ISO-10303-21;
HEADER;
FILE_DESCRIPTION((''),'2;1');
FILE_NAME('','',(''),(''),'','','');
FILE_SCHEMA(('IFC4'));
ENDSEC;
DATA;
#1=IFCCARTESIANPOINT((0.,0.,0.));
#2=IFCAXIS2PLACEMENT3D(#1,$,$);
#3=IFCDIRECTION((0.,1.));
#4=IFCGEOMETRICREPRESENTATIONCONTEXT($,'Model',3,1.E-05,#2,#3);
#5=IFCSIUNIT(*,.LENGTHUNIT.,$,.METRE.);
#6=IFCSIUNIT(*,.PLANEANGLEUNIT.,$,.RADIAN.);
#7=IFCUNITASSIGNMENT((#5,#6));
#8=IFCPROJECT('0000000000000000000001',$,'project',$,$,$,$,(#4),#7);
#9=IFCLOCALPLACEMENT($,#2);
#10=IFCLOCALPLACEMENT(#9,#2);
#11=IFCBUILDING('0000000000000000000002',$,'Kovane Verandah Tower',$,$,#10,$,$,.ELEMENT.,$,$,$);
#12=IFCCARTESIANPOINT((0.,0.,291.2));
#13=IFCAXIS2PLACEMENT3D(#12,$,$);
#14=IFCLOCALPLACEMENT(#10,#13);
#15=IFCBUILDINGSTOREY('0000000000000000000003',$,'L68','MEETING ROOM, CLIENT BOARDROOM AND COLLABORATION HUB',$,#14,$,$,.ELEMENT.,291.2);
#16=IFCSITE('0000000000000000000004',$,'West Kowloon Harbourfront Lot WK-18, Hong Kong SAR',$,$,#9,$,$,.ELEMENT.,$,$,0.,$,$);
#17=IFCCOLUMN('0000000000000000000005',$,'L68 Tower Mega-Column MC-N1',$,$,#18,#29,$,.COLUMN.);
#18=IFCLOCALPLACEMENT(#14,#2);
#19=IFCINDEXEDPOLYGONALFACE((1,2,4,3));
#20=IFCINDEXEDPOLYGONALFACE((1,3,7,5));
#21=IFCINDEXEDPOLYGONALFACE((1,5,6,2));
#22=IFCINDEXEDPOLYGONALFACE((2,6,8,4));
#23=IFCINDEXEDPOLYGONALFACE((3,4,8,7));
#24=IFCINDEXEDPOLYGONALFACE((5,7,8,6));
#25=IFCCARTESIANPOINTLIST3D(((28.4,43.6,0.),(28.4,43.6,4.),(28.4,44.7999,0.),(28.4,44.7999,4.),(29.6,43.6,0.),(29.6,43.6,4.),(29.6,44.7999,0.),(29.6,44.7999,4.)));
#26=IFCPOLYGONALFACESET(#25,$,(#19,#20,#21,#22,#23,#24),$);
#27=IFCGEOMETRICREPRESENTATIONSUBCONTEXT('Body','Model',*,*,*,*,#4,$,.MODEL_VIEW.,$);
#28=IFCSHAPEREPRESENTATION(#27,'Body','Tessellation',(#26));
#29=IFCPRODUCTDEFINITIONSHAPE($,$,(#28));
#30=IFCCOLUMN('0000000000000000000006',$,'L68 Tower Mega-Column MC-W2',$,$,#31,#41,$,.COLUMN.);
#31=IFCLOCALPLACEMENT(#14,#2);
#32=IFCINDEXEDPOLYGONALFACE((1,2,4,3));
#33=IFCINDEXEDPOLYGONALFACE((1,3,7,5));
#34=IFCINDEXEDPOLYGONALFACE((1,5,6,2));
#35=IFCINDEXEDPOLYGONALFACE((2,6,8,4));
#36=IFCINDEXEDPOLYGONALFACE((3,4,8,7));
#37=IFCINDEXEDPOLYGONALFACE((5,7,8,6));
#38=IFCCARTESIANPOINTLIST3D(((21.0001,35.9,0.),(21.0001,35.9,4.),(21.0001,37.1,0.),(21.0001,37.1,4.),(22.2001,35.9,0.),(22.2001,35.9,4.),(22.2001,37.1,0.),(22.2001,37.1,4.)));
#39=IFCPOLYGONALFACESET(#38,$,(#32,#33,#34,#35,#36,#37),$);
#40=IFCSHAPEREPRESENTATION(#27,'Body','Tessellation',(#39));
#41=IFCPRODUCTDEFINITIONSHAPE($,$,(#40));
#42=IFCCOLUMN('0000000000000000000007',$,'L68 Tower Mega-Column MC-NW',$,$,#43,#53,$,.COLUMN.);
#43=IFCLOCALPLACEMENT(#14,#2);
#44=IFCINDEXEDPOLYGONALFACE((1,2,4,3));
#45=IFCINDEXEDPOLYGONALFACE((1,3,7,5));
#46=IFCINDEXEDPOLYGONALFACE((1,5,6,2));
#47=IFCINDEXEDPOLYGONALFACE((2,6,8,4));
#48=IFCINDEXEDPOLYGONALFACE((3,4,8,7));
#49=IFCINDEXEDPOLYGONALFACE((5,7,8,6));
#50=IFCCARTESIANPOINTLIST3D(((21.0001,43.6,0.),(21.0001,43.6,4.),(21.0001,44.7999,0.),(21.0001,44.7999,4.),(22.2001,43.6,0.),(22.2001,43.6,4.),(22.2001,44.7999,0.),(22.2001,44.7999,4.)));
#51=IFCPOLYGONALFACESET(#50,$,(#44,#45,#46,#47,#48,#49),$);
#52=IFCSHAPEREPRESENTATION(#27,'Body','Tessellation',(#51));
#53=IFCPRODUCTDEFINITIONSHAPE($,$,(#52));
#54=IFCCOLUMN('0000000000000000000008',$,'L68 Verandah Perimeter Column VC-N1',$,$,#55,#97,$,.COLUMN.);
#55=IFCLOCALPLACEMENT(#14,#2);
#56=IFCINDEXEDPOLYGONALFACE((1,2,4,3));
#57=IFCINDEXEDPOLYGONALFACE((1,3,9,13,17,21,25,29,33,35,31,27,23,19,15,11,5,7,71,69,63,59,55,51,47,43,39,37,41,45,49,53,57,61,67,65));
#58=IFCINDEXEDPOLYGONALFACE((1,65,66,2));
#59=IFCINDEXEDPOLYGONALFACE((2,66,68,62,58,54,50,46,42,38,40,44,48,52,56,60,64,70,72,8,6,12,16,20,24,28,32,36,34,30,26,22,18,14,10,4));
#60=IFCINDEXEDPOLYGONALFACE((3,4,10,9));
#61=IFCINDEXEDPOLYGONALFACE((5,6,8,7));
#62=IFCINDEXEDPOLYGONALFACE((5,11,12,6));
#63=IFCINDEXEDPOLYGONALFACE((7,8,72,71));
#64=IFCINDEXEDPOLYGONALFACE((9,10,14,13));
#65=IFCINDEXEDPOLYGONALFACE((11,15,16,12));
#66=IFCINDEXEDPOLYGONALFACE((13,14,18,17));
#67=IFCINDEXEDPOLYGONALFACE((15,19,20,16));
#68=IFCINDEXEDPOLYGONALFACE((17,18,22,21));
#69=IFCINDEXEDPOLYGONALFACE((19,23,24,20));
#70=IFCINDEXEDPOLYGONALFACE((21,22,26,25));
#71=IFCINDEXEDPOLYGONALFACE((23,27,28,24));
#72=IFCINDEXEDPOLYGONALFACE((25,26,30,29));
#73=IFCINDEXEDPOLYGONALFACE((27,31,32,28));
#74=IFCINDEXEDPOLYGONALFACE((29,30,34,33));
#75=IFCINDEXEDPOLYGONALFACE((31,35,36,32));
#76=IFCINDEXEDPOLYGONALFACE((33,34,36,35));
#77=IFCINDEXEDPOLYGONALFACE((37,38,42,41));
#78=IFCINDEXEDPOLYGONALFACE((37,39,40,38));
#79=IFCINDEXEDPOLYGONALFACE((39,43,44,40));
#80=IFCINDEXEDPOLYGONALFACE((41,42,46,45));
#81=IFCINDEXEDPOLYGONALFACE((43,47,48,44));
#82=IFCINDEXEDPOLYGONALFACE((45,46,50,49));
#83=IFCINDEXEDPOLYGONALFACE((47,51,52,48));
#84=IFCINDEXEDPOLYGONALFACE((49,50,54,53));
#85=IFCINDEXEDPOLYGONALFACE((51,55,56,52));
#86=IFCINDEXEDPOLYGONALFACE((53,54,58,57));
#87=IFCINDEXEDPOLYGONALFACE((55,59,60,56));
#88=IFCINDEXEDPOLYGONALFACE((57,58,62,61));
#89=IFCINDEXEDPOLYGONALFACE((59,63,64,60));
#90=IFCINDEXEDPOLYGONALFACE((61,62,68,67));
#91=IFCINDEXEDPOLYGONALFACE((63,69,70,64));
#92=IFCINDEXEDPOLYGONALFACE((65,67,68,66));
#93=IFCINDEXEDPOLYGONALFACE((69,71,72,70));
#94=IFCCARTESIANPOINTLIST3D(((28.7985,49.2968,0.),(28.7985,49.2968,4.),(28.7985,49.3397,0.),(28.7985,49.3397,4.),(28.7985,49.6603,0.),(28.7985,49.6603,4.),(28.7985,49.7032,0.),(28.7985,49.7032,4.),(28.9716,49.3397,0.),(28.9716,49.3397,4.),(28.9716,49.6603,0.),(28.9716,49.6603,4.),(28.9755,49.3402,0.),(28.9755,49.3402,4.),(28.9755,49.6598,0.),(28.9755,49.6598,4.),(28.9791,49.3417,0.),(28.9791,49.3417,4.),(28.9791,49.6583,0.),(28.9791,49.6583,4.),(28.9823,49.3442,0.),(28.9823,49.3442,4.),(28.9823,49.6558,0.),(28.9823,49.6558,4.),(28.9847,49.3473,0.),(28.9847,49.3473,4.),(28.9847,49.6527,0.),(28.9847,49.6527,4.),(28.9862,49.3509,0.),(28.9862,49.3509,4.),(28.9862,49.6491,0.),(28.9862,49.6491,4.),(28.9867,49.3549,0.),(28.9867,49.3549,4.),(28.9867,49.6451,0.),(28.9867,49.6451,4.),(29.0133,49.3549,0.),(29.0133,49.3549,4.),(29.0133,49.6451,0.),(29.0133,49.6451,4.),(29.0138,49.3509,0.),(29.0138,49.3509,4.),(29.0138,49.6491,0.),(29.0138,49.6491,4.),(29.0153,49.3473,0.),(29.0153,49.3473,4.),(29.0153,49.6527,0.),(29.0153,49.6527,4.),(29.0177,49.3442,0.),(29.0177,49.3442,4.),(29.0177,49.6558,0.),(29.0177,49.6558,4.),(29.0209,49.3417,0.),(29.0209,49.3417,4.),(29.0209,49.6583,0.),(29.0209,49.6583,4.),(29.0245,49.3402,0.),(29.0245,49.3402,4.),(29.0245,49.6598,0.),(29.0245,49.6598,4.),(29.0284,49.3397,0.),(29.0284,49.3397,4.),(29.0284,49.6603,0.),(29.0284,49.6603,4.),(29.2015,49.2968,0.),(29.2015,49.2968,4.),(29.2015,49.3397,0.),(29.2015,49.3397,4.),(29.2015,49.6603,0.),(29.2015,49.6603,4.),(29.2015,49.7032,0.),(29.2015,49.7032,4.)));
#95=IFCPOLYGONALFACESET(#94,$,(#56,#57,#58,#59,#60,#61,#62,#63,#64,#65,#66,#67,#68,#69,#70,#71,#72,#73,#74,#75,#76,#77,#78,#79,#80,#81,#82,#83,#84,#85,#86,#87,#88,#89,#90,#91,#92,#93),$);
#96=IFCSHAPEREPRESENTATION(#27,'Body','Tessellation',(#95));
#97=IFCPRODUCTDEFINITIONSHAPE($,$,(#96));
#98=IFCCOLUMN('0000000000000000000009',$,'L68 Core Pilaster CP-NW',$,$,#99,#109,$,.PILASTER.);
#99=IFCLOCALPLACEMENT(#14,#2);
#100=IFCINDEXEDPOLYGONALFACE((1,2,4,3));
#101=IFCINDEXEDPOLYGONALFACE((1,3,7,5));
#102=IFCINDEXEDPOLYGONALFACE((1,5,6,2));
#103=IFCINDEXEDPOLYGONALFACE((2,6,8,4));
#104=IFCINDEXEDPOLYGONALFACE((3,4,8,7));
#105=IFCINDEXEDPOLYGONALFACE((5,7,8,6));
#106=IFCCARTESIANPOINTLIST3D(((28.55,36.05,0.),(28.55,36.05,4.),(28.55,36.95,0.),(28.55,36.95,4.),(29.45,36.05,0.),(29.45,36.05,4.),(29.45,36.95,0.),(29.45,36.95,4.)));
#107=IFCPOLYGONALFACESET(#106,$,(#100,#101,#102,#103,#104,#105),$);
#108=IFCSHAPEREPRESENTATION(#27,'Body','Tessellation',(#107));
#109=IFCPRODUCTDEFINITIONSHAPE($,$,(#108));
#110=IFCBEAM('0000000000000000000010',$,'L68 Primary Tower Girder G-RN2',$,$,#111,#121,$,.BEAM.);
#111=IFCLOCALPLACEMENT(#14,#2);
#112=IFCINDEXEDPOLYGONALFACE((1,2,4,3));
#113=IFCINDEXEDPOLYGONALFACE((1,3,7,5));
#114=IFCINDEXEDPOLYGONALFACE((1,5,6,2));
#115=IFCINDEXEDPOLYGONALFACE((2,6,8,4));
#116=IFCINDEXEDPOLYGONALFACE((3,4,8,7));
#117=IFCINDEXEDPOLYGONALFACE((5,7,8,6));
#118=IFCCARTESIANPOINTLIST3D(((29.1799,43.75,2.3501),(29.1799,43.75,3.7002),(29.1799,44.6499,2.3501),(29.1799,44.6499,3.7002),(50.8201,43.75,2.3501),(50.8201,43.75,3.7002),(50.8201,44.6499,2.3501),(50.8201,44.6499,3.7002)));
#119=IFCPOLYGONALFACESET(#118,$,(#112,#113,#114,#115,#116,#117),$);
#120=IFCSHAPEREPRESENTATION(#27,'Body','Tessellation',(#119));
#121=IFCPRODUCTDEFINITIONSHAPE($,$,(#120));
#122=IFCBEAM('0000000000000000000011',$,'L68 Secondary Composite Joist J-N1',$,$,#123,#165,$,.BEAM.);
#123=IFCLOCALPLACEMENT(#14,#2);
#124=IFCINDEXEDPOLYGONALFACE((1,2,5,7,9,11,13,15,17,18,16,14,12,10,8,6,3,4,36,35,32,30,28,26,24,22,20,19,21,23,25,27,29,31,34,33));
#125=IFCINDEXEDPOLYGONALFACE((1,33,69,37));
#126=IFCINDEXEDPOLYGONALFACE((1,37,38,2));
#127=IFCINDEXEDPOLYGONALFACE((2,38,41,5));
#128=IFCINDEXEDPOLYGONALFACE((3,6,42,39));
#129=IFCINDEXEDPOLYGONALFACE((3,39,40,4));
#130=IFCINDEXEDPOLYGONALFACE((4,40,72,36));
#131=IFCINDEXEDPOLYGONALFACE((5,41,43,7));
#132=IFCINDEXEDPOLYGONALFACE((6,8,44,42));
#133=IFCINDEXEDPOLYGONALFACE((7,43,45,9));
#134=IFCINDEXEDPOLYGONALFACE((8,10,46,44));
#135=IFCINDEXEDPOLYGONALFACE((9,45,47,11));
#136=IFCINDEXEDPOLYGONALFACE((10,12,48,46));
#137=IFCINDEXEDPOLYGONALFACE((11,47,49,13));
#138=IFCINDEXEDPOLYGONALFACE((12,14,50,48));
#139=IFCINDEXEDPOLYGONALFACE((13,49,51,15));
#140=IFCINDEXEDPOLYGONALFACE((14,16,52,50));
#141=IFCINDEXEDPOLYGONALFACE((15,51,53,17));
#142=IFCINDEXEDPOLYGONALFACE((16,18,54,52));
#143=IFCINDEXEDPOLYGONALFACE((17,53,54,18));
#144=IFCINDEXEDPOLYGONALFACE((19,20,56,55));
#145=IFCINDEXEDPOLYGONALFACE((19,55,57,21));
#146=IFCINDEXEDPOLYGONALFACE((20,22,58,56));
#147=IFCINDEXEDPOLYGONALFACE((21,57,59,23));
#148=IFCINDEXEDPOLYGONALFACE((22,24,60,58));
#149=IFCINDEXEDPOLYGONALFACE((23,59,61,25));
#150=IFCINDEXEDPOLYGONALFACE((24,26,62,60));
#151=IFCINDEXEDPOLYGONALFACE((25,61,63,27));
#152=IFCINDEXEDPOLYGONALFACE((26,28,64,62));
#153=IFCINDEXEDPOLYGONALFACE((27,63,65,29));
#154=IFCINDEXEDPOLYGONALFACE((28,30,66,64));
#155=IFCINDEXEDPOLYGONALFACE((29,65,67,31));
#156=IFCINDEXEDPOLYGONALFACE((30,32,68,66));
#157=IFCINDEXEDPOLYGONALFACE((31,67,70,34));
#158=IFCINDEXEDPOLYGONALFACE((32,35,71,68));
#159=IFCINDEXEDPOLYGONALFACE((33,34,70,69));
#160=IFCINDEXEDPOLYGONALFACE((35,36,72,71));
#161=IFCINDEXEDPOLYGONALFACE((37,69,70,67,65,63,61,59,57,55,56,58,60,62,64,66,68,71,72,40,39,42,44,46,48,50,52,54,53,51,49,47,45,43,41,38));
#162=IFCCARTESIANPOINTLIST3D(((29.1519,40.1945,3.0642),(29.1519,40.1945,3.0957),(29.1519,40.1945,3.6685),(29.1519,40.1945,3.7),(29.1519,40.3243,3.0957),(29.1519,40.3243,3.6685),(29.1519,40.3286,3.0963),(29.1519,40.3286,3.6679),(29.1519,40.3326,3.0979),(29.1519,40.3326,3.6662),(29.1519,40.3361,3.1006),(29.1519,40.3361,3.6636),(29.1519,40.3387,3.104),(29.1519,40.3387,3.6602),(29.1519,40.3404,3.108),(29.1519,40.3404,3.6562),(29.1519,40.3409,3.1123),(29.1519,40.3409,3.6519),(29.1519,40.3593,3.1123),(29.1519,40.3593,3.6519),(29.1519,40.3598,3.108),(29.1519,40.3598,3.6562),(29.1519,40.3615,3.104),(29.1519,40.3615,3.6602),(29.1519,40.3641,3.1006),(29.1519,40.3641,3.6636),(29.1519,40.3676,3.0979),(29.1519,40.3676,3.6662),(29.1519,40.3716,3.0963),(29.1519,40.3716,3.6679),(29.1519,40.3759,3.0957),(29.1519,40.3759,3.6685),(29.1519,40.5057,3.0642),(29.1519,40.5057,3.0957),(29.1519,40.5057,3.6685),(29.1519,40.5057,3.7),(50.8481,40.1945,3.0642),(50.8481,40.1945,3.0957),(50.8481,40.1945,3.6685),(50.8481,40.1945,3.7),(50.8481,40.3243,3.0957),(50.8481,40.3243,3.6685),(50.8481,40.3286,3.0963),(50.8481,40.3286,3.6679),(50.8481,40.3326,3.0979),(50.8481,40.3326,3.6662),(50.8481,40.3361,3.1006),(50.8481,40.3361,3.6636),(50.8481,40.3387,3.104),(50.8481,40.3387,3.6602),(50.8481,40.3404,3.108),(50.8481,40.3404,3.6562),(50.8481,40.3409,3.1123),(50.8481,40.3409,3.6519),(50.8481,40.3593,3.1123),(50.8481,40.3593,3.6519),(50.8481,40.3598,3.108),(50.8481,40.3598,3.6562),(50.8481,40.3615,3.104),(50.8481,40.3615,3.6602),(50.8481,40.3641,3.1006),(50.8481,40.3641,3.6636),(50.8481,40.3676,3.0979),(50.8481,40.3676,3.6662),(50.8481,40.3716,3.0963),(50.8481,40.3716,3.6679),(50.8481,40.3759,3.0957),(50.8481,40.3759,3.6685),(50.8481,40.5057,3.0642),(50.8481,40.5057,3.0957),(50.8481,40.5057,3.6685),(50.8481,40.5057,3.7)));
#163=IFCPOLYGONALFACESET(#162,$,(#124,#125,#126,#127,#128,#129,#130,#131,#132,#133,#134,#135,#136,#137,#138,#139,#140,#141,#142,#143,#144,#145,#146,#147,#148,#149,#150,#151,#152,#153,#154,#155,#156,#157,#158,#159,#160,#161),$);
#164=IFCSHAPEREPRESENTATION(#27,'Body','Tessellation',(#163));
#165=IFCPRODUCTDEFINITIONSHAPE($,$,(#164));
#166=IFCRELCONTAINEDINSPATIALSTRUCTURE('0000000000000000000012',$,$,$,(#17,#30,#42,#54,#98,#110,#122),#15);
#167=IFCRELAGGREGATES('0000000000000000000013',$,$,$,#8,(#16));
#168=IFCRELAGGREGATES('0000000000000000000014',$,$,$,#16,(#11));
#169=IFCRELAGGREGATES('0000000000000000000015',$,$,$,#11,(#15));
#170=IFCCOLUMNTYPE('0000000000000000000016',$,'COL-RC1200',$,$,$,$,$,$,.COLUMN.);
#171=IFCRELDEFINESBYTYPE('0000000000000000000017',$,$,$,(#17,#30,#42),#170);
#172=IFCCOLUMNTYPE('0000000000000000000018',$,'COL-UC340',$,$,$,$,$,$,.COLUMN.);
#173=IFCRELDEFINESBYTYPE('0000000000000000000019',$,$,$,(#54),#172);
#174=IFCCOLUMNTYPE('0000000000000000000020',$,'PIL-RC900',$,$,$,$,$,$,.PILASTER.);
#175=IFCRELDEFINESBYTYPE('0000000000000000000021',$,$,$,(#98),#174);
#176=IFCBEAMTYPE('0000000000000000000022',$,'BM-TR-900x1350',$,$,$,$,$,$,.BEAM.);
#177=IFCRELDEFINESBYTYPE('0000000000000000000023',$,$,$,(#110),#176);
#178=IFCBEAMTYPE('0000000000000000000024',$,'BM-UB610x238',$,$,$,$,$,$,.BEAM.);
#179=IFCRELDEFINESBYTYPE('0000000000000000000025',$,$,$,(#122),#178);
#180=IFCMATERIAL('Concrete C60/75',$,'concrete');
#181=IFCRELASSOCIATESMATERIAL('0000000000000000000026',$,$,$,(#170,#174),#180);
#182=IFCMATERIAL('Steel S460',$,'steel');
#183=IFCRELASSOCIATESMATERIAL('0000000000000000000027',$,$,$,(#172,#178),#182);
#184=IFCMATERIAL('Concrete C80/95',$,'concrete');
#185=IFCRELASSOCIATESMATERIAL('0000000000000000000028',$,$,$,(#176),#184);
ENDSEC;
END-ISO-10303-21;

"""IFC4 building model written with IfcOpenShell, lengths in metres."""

from ifc_helpers import new_model, si_unit, direction, frame, origin, origin_2d, place, context, subcontext, project, spatial, rectangle, i_section, extrude, material, material_profile, profile_set, type_object, element, save


model = new_model("IFC4")

# Units and contexts
model_context = context("Model", 3, precision=1e-05, world=origin(), true_north=direction((0.0, 1.0)))
body_context = subcontext(model_context, "Body", "Model", "MODEL_VIEW")
ifc_project = project(units=[si_unit("LENGTHUNIT", "METRE"), si_unit("PLANEANGLEUNIT", "RADIAN")], contexts=[model_context])

# Site, building, storey
site_placement = place(None, origin())
site = spatial("IfcSite", under=ifc_project, at=site_placement, Name="West Kowloon Harbourfront Lot WK-18, Hong Kong SAR", CompositionType="ELEMENT", RefElevation=0.0)
building_placement = place(site_placement, origin())
building = spatial("IfcBuilding", under=site, at=building_placement, Name="Kovane Verandah Tower", CompositionType="ELEMENT")
storey_placement = place(building_placement, frame((0.0, 0.0, 291.2)))
storey = spatial("IfcBuildingStorey", under=building, at=storey_placement, Name="L68", Description="MEETING ROOM, CLIENT BOARDROOM AND COLLABORATION HUB", CompositionType="ELEMENT", Elevation=291.2)

# Columns
ifc_material_1 = material(Name="Concrete C60/75", Category="concrete")
ifc_material_profile_1 = material_profile(ifc_material_1, rectangle(XDim=1.2, YDim=1.2, at=origin_2d()), Name="RC1200x1200")
ifc_profile_set_1 = profile_set([ifc_material_profile_1], Name="Concrete C60/75")
column_type_1 = type_object("IfcColumnType", Name="COL-RC1200", PredefinedType="COLUMN", material=ifc_profile_set_1)
for number, where, z_axis, x_axis, name in (
    (1, (29.0, 44.2, 0.0), (0.0, 0.0, 1.0), (1.0, 0.0, 0.0), "L68 Tower Mega-Column MC-N1"),
    (2, (21.6001, 36.5, 0.0), (0.0, 0.0, 1.0), (1.0, 0.0, 0.0), "L68 Tower Mega-Column MC-W2"),
    (3, (21.6001, 44.2, 0.0), (0.0, 0.0, 1.0), (1.0, 0.0, 0.0), "L68 Tower Mega-Column MC-NW"),
):
    element("IfcColumn", number, at=place(storey_placement, frame(where, z_axis=z_axis, x_axis=x_axis)), inside=storey, type_object=column_type_1, Name=name, PredefinedType="COLUMN", context=body_context, shape_type="SweptSolid", body=[
        extrude(rectangle(XDim=1.2, YDim=1.2, at=origin_2d()), origin(), (0.0, 0.0, 1.0), 4.0),
    ])
ifc_material_2 = material(Name="Steel S460", Category="steel")
ifc_material_profile_2 = material_profile(ifc_material_2, i_section(OverallWidth=0.4031, OverallDepth=0.4065, WebThickness=0.0266, FlangeThickness=0.043, FilletRadius=0.0151, at=origin_2d()), Name="UC356x406x340")
ifc_profile_set_2 = profile_set([ifc_material_profile_2], Name="Steel S460")
column_type_2 = type_object("IfcColumnType", Name="COL-UC340", PredefinedType="COLUMN", material=ifc_profile_set_2)
column_1_placement = place(storey_placement, frame((29.0, 49.5, 0.0), z_axis=(0.0, 0.0, 1.0), x_axis=(1.0, 0.0, 0.0)))
element("IfcColumn", 4, at=column_1_placement, inside=storey, type_object=column_type_2, Name="L68 Verandah Perimeter Column VC-N1", PredefinedType="COLUMN", context=body_context, shape_type="SweptSolid", body=[
    extrude(i_section(OverallWidth=0.4031, OverallDepth=0.4065, WebThickness=0.0266, FlangeThickness=0.043, FilletRadius=0.0151, at=origin_2d()), origin(), (0.0, 0.0, 1.0), 4.0),
])
ifc_material_profile_3 = material_profile(ifc_material_1, rectangle(XDim=0.8999, YDim=0.8999, at=origin_2d()), Name="RC900x900")
ifc_profile_set_3 = profile_set([ifc_material_profile_3], Name="Concrete C60/75")
column_type_3 = type_object("IfcColumnType", Name="PIL-RC900", PredefinedType="PILASTER", material=ifc_profile_set_3)
column_2_placement = place(storey_placement, frame((29.0, 36.5, 0.0), z_axis=(0.0, 0.0, 1.0), x_axis=(1.0, 0.0, 0.0)))
element("IfcColumn", 5, at=column_2_placement, inside=storey, type_object=column_type_3, Name="L68 Core Pilaster CP-NW", PredefinedType="PILASTER", context=body_context, shape_type="SweptSolid", body=[
    extrude(rectangle(XDim=0.8999, YDim=0.8999, at=origin_2d()), origin(), (0.0, 0.0, 1.0), 4.0),
])

# Beams
ifc_material_3 = material(Name="Concrete C80/95", Category="concrete")
ifc_material_profile_4 = material_profile(ifc_material_3, rectangle(XDim=0.8999, YDim=1.3501, at=origin_2d()), Name="RCB900x1350")
ifc_profile_set_4 = profile_set([ifc_material_profile_4], Name="Concrete C80/95")
beam_type_1 = type_object("IfcBeamType", Name="BM-TR-900x1350", PredefinedType="BEAM", material=ifc_profile_set_4)
beam_1_placement = place(storey_placement, frame((29.1799, 44.2, 3.0251), z_axis=(1.0, 0.0, 0.0), x_axis=(0.0, 1.0, 0.0)))
element("IfcBeam", 6, at=beam_1_placement, inside=storey, type_object=beam_type_1, Name="L68 Primary Tower Girder G-RN2", PredefinedType="BEAM", context=body_context, shape_type="SweptSolid", body=[
    extrude(rectangle(XDim=0.8999, YDim=1.3501, at=origin_2d()), origin(), (0.0, 0.0, 1.0), 21.6401),
])
ifc_material_profile_5 = material_profile(ifc_material_2, i_section(OverallWidth=0.3113, OverallDepth=0.6357, WebThickness=0.0183, FlangeThickness=0.0315, FilletRadius=0.0166, at=origin_2d()), Name="UB610x305x238")
ifc_profile_set_5 = profile_set([ifc_material_profile_5], Name="Steel S460")
beam_type_2 = type_object("IfcBeamType", Name="BM-UB610x238", PredefinedType="BEAM", material=ifc_profile_set_5)
beam_2_placement = place(storey_placement, frame((29.1519, 40.3501, 3.3821), z_axis=(1.0, 0.0, 0.0), x_axis=(0.0, 1.0, 0.0)))
element("IfcBeam", 7, at=beam_2_placement, inside=storey, type_object=beam_type_2, Name="L68 Secondary Composite Joist J-N1", PredefinedType="BEAM", context=body_context, shape_type="SweptSolid", body=[
    extrude(i_section(OverallWidth=0.3113, OverallDepth=0.6357, WebThickness=0.0183, FlangeThickness=0.0315, FilletRadius=0.0166, at=origin_2d()), origin(), (0.0, 0.0, 1.0), 21.6963),
])

save(model, "model.ifc")
